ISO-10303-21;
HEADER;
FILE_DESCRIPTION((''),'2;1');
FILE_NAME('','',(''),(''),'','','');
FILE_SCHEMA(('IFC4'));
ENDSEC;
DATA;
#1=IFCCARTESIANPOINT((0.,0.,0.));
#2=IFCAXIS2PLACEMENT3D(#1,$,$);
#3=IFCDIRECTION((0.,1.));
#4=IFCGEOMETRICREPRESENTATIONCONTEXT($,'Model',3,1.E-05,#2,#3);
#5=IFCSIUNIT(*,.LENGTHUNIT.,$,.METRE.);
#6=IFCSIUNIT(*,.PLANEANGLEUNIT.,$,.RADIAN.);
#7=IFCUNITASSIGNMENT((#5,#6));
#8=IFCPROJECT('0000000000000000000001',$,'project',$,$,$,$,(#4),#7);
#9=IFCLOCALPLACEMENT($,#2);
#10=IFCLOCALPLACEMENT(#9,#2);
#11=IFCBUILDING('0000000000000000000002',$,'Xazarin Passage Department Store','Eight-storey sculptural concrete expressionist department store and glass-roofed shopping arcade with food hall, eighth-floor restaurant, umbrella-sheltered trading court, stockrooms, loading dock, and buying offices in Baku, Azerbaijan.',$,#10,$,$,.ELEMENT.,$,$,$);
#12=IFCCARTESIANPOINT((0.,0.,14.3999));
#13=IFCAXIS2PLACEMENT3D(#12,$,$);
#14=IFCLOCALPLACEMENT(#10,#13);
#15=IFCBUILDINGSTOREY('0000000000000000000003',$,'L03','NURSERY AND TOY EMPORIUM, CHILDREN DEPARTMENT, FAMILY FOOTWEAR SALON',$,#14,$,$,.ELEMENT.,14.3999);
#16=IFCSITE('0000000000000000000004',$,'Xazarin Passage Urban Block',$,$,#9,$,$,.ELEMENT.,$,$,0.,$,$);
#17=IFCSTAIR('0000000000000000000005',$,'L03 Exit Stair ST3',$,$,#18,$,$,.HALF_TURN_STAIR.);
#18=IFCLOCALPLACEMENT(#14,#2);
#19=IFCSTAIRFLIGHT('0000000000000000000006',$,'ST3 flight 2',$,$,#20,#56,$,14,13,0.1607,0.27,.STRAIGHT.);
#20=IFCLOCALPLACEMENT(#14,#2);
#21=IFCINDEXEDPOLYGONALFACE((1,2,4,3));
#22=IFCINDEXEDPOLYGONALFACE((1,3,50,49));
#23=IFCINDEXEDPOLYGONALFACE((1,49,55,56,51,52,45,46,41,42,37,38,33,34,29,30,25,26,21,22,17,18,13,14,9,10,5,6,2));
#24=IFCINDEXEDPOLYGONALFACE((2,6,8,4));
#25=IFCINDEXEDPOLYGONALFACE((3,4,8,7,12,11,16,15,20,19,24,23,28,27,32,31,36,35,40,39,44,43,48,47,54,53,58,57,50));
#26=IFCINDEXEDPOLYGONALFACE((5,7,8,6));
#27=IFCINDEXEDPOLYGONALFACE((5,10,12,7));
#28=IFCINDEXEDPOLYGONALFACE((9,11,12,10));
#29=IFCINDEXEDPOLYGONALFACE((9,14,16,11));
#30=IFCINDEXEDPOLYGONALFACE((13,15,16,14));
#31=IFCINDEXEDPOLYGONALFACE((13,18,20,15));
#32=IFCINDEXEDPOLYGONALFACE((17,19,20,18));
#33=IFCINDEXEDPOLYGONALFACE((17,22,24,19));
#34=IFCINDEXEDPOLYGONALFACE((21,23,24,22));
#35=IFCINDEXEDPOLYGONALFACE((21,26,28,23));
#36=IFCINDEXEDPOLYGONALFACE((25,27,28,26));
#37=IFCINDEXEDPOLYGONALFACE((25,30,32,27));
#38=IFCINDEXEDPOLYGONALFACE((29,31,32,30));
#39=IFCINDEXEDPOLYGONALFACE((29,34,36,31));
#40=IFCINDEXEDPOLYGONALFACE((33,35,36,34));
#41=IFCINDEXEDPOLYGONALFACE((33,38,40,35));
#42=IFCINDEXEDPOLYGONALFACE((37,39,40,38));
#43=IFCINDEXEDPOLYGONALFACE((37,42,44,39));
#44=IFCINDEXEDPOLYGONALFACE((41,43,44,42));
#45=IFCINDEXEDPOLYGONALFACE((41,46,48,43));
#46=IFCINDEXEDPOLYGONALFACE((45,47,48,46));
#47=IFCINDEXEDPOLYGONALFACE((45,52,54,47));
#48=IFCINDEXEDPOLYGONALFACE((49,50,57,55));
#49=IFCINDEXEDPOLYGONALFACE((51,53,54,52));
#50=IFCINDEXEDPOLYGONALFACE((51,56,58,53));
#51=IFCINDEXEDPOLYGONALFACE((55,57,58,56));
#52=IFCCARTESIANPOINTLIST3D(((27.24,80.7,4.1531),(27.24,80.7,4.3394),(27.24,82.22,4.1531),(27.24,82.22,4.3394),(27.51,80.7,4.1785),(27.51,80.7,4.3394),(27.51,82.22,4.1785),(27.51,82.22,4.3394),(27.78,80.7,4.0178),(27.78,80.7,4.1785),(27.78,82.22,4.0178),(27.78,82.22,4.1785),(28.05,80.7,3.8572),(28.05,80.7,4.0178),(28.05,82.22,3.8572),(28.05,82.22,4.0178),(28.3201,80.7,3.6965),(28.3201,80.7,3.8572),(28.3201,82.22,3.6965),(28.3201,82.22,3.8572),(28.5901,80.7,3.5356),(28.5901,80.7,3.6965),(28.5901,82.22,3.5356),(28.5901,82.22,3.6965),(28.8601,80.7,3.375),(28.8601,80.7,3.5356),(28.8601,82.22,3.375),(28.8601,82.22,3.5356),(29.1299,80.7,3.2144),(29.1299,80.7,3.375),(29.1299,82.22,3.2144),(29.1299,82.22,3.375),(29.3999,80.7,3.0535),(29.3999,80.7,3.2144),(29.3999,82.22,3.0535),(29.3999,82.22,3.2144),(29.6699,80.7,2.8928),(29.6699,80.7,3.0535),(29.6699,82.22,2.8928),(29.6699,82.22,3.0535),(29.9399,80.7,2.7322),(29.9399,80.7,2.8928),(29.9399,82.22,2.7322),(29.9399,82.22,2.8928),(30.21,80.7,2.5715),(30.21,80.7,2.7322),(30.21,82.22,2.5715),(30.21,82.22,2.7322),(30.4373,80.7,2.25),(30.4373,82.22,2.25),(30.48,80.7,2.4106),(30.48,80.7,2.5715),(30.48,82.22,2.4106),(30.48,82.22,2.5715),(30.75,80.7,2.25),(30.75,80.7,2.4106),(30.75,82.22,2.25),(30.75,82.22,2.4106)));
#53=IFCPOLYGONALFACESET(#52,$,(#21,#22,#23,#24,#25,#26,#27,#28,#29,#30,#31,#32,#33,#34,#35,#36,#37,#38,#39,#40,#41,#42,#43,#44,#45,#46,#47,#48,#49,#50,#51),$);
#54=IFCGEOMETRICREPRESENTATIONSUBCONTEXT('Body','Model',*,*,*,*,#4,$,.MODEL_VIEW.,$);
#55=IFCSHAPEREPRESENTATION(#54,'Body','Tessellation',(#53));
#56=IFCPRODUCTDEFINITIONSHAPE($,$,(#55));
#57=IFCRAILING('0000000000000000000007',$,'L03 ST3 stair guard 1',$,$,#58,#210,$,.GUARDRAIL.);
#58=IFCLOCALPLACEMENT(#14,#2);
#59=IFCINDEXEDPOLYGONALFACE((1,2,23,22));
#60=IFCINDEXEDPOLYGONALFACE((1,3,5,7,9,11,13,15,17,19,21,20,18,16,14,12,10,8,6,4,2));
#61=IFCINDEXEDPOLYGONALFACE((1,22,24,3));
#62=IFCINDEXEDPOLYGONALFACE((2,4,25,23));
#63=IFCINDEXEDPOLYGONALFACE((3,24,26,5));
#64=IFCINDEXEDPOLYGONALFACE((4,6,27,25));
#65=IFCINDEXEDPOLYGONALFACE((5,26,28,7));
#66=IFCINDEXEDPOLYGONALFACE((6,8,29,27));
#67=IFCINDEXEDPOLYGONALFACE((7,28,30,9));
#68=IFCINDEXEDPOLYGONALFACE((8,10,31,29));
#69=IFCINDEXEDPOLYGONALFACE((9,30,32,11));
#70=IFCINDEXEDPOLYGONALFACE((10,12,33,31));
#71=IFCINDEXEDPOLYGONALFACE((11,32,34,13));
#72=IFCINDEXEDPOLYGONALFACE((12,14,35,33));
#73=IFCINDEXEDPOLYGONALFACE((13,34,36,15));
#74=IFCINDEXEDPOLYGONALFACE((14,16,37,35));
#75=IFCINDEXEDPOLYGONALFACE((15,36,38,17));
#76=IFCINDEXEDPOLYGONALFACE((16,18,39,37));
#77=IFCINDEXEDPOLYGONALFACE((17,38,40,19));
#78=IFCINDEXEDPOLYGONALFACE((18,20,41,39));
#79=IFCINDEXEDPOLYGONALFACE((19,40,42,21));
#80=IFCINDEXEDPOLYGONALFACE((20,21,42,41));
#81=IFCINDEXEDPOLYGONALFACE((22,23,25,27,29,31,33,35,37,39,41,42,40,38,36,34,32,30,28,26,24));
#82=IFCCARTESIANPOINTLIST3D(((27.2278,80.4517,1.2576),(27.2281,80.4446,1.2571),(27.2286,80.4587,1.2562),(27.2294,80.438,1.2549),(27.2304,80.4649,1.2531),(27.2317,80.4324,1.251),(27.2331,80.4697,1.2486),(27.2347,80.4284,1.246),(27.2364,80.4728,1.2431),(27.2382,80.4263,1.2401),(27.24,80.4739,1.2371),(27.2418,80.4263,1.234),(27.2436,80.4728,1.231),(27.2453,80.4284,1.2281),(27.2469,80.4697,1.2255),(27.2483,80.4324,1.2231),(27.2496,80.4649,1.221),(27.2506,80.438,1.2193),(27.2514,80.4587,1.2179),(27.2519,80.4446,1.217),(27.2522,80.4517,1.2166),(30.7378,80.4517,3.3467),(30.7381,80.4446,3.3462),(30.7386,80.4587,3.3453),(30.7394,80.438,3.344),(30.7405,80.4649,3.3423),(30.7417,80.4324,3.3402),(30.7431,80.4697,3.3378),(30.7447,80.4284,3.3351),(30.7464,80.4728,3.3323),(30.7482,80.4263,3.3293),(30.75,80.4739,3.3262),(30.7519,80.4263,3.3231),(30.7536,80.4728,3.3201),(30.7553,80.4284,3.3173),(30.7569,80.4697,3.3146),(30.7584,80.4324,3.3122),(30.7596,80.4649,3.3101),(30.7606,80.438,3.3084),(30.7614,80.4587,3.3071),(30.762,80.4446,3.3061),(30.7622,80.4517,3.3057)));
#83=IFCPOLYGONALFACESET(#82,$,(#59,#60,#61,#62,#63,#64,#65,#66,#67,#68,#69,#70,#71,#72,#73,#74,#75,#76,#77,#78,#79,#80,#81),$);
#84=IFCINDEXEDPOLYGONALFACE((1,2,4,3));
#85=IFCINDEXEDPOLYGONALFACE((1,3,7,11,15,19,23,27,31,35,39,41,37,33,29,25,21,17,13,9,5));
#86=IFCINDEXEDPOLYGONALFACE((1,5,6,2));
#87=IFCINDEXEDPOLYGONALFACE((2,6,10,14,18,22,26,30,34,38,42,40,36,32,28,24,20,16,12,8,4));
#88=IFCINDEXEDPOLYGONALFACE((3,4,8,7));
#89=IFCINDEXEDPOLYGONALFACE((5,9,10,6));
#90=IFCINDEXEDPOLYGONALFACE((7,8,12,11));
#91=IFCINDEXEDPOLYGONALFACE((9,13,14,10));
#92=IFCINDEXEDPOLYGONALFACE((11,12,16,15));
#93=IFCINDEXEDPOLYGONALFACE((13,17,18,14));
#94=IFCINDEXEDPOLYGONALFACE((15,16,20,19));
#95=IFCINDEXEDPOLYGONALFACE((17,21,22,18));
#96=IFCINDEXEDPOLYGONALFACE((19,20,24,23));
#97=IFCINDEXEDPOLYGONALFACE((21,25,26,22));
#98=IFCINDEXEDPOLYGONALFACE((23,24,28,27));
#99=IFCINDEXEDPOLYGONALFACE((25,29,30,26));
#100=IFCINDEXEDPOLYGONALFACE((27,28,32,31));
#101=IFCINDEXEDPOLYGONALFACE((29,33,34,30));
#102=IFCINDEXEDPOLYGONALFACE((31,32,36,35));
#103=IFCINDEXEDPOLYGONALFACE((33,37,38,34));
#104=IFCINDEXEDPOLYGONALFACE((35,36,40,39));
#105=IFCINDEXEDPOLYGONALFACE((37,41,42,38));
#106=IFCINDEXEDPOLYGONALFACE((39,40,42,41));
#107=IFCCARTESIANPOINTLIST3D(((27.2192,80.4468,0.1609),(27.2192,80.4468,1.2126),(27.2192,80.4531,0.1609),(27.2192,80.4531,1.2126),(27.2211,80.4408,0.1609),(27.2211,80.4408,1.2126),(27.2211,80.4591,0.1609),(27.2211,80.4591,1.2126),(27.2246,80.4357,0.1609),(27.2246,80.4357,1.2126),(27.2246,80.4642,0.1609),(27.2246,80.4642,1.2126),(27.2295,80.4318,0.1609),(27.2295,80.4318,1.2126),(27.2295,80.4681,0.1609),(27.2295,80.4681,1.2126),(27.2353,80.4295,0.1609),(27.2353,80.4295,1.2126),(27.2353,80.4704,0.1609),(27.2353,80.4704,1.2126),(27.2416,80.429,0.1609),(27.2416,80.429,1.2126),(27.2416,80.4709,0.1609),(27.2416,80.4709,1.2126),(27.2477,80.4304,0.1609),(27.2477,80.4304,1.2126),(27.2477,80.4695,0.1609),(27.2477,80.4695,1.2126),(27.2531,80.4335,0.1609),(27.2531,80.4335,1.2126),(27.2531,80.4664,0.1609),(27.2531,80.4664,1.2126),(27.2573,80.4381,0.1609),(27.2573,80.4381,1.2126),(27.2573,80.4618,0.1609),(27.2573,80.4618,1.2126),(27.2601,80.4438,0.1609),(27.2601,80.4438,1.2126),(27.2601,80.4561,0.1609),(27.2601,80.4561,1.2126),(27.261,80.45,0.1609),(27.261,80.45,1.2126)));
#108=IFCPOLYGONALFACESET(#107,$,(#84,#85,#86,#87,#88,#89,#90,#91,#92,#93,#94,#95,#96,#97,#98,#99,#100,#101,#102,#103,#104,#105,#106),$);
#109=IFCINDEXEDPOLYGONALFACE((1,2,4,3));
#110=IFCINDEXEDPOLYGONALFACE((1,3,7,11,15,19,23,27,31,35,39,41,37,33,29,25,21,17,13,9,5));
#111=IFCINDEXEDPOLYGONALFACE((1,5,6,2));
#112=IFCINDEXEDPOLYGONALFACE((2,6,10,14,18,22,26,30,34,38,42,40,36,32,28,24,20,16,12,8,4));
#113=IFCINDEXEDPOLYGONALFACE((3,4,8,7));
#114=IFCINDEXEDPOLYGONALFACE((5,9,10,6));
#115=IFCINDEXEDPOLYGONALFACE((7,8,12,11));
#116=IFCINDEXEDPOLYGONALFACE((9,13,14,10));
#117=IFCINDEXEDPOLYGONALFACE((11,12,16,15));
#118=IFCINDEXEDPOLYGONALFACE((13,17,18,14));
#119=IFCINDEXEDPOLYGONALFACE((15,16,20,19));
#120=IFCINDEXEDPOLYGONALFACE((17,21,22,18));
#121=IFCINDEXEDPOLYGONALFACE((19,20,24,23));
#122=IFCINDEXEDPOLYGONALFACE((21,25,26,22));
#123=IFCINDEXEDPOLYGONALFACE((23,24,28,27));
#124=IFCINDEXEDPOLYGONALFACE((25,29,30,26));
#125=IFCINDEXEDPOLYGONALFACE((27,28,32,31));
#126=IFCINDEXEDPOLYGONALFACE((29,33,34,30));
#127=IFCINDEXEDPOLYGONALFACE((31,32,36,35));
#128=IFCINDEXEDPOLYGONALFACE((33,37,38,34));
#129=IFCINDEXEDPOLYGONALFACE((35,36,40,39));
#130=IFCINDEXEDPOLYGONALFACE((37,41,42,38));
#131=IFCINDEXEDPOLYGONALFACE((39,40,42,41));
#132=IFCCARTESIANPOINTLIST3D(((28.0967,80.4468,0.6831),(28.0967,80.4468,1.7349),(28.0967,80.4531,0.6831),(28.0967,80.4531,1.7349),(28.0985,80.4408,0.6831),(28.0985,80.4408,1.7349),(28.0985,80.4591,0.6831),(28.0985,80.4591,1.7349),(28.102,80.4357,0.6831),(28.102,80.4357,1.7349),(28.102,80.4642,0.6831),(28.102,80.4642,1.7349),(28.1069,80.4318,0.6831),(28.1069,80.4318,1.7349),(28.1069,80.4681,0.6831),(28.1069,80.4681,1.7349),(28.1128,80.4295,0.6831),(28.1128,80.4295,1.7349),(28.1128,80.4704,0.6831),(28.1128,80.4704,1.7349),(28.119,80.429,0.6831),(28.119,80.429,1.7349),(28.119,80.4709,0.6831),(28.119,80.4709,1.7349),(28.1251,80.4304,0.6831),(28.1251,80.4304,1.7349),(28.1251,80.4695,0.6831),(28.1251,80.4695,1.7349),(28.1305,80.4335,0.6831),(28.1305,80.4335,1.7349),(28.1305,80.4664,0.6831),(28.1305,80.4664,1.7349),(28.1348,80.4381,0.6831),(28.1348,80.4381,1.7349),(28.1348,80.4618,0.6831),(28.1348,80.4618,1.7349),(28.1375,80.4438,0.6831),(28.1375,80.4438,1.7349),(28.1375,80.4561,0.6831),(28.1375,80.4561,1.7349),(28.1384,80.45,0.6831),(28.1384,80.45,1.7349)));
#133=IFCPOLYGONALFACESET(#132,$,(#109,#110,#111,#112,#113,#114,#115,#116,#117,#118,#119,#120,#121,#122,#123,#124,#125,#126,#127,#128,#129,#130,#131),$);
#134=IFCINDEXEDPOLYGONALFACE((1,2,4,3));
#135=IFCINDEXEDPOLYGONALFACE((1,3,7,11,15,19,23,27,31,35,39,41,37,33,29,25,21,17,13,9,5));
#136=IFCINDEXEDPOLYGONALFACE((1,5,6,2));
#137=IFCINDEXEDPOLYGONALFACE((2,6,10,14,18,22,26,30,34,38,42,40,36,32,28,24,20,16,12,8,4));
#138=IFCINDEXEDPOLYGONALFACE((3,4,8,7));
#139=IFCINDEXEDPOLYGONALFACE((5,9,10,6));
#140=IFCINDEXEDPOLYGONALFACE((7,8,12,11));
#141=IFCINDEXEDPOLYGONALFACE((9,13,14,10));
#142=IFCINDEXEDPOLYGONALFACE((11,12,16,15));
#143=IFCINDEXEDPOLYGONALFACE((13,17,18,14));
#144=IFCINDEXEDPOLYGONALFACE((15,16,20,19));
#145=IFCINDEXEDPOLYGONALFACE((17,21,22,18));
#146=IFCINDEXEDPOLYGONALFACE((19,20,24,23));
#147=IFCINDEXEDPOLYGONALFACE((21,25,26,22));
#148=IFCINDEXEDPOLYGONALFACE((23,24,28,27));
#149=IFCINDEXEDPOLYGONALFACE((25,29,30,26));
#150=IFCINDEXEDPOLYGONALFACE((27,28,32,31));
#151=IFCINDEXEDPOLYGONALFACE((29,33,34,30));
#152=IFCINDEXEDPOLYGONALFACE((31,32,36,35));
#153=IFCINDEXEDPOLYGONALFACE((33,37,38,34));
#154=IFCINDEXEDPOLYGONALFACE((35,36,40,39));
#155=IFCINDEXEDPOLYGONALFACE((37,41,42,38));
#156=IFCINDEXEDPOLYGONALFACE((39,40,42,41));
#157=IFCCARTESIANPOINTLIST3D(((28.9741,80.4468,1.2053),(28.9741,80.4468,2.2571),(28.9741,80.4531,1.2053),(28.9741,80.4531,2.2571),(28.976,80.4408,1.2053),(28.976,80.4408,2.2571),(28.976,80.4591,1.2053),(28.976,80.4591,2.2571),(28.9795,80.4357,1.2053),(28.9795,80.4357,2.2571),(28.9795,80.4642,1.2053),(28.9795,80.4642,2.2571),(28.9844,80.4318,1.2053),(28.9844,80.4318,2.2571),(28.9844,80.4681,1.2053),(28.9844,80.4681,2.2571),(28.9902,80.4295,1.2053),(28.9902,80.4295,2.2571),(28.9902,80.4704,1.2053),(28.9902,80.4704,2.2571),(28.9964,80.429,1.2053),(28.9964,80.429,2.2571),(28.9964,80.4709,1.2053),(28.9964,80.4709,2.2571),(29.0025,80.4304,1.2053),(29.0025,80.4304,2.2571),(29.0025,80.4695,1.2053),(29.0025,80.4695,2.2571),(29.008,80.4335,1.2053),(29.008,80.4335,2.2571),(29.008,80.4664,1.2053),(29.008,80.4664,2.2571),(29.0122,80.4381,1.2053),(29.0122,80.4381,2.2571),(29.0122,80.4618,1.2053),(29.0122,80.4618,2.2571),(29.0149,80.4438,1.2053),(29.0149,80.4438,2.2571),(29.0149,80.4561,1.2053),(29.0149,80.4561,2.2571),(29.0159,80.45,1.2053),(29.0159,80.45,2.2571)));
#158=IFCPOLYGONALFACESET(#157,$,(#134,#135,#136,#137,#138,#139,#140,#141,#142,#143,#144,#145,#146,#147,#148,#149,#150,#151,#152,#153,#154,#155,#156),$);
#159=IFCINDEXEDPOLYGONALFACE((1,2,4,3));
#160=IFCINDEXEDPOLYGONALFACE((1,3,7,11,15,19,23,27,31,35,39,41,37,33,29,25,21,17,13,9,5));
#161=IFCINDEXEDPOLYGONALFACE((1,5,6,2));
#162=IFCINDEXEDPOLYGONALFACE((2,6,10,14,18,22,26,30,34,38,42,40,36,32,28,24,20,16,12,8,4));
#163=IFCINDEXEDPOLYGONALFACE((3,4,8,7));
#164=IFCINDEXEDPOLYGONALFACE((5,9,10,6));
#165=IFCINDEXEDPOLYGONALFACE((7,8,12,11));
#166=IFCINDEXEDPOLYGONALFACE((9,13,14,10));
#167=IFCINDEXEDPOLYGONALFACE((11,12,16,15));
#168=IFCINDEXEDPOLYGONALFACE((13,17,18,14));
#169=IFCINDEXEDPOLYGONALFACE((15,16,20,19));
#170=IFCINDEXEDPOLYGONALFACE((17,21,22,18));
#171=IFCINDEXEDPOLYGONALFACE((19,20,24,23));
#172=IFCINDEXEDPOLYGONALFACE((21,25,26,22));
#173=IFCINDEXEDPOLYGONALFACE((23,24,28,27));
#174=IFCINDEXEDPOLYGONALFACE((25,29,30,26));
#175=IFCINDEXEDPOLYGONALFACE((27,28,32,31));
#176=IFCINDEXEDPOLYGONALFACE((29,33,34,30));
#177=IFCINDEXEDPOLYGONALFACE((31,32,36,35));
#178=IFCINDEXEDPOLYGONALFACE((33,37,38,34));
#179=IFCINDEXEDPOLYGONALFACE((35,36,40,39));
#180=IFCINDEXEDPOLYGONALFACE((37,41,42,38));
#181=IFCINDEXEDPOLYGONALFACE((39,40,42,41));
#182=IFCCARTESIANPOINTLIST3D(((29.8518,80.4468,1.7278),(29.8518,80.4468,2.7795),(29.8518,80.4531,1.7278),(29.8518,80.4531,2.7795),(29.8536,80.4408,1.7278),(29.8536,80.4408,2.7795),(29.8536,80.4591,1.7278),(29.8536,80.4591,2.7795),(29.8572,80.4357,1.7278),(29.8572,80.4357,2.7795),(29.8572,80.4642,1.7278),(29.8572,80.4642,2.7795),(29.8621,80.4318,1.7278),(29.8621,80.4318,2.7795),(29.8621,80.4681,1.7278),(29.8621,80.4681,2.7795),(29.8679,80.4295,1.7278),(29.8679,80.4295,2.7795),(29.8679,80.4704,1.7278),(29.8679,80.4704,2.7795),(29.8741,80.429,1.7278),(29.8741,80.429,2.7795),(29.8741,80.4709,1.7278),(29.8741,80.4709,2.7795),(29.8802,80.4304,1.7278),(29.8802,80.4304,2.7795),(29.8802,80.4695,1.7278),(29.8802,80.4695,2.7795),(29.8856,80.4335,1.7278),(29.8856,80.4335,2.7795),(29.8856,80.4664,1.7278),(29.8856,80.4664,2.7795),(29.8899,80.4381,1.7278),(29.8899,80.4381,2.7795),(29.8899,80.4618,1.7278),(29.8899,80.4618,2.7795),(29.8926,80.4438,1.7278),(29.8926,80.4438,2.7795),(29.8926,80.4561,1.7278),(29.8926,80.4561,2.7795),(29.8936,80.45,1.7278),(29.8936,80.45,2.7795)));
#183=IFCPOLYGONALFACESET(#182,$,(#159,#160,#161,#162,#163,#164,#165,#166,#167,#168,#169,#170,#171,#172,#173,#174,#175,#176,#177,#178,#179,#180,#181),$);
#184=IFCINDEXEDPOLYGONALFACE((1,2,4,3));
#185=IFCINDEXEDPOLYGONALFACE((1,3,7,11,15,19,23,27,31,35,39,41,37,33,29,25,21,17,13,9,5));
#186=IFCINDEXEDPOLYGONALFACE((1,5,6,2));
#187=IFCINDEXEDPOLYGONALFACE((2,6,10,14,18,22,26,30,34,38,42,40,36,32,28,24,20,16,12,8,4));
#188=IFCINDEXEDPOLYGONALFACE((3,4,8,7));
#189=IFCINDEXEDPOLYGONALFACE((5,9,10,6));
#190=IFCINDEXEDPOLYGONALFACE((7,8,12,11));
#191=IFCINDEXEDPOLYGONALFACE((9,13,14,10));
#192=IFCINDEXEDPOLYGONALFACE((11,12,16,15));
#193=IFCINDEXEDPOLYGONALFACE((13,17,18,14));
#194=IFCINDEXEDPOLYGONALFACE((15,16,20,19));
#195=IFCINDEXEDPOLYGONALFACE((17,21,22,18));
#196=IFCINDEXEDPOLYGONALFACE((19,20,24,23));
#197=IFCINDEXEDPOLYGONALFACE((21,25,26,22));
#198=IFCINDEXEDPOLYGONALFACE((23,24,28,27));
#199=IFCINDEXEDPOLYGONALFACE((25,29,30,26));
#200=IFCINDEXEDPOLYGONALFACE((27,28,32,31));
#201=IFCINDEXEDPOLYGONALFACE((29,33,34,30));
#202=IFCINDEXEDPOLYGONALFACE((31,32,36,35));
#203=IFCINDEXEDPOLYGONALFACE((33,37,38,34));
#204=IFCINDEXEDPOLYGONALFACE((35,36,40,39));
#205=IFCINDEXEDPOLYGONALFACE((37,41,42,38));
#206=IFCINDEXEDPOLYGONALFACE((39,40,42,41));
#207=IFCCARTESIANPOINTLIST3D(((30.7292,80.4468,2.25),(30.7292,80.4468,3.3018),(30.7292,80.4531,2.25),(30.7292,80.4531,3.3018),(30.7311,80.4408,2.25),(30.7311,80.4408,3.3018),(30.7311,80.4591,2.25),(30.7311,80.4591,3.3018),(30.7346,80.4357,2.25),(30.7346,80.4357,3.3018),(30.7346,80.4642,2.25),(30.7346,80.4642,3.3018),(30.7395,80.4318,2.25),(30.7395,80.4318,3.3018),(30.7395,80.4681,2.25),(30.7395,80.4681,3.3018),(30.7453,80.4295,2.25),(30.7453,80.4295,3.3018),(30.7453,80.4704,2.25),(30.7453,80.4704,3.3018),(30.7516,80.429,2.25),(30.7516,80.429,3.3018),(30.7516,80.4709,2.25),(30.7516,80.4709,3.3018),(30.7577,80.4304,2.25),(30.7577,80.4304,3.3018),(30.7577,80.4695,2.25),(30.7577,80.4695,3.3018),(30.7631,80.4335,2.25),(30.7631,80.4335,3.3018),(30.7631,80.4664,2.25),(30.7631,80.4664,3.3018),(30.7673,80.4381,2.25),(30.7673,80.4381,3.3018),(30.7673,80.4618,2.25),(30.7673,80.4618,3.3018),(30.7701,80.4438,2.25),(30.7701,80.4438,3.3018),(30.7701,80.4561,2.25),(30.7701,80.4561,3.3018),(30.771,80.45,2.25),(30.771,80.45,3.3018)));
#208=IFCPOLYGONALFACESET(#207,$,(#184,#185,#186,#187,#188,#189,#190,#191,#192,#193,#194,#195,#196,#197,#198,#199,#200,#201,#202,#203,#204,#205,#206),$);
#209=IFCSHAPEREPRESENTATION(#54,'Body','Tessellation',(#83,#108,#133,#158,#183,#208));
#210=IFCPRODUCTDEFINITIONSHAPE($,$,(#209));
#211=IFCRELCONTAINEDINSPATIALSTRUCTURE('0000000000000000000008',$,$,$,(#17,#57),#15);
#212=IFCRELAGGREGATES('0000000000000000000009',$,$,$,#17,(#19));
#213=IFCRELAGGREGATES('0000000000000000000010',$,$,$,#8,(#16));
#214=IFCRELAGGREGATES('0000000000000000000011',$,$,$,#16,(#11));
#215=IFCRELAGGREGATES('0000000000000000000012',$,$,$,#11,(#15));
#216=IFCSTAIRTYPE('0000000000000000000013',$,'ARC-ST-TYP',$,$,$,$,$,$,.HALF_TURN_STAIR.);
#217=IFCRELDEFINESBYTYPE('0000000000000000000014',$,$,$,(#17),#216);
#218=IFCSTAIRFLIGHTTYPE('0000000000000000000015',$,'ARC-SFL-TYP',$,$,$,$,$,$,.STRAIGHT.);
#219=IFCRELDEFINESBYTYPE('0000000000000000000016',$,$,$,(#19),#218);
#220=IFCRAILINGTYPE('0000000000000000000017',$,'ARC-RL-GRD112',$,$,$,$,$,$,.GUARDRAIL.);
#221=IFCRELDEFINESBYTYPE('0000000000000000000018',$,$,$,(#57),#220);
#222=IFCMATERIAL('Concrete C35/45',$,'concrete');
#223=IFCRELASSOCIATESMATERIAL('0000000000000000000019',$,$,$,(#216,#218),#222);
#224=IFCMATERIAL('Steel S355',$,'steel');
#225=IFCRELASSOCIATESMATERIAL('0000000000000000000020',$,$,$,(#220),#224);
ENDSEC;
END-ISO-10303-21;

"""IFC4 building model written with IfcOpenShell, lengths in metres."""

from ifc_helpers import new_model, si_unit, direction, frame, origin, origin_2d, place, context, subcontext, project, spatial, polyline, circle, outline, extrude, material, type_object, element, aggregate, save


model = new_model("IFC4")

# Units and contexts
model_context = context("Model", 3, precision=1e-05, world=origin(), true_north=direction((0.0, 1.0)))
body_context = subcontext(model_context, "Body", "Model", "MODEL_VIEW")
ifc_project = project(units=[si_unit("LENGTHUNIT", "METRE"), si_unit("PLANEANGLEUNIT", "RADIAN")], contexts=[model_context])

# Site, building, storey
site_placement = place(None, origin())
site = spatial("IfcSite", under=ifc_project, at=site_placement, Name="Xazarin Passage Urban Block", CompositionType="ELEMENT", RefElevation=0.0)
building_placement = place(site_placement, origin())
building = spatial("IfcBuilding", under=site, at=building_placement, Name="Xazarin Passage Department Store", Description="Eight-storey sculptural concrete expressionist department store and glass-roofed shopping arcade with food hall, eighth-floor restaurant, umbrella-sheltered trading court, stockrooms, loading dock, and buying offices in Baku, Azerbaijan.", CompositionType="ELEMENT")
storey_placement = place(building_placement, frame((0.0, 0.0, 14.3999)))
storey = spatial("IfcBuildingStorey", under=building, at=storey_placement, Name="L03", Description="NURSERY AND TOY EMPORIUM, CHILDREN DEPARTMENT, FAMILY FOOTWEAR SALON", CompositionType="ELEMENT", Elevation=14.3999)

# Shared definitions
ifc_material_1 = material(Name="Concrete C35/45", Category="concrete")

# Stair, stair flight
stair_type = type_object("IfcStairType", Name="ARC-ST-TYP", PredefinedType="HALF_TURN_STAIR", material=ifc_material_1)
stair_placement = place(storey_placement, origin())
stair = element("IfcStair", 1, at=stair_placement, inside=storey, type_object=stair_type, Name="L03 Exit Stair ST3", PredefinedType="HALF_TURN_STAIR")
stair_flight_type = type_object("IfcStairFlightType", Name="ARC-SFL-TYP", PredefinedType="STRAIGHT", material=ifc_material_1)
stair_flight_1_placement = place(storey_placement, frame((30.75, 81.46, 2.25), z_axis=(0.0, 0.0, 1.0), x_axis=(-1.0, 0.0, 0.0)))
stair_flight_1 = element("IfcStairFlight", 2, at=stair_flight_1_placement, type_object=stair_flight_type, Name="ST3 flight 2", NumberOfRisers=14, NumberOfTreads=13, PredefinedType="STRAIGHT", RiserHeight=0.1607, TreadLength=0.27, context=body_context, shape_type="SweptSolid", body=[
    extrude(outline(polyline([(0.0, 0.0), (0.0, 0.1606), (0.27, 0.1606), (0.27, 0.3215), (0.54, 0.3215), (0.54, 0.4822), (0.8101, 0.4822), (0.8101, 0.6428), (1.0801, 0.6428), (1.0801, 0.8035), (1.3501, 0.8035), (1.3501, 0.9644), (1.6201, 0.9644), (1.6201, 1.125), (1.8899, 1.125), (1.8899, 1.2856), (2.1599, 1.2856), (2.1599, 1.4465), (2.4299, 1.4465), (2.4299, 1.6072), (2.7, 1.6072), (2.7, 1.7678), (2.97, 1.7678), (2.97, 1.9285), (3.24, 1.9285), (3.24, 2.0894), (3.51, 2.0894), (3.51, 2.25), (3.51, 1.9031), (0.3127, 0.0), (0.0, 0.0)])), frame((0.0, 0.76, 0.0), z_axis=(0.0, -1.0, 0.0), x_axis=(1.0, 0.0, 0.0)), (0.0, 0.0, 1.0), 1.52),
])
aggregate(stair, [stair_flight_1])

# Railing
ifc_material_2 = material(Name="Steel S355", Category="steel")
railing_type_1 = type_object("IfcRailingType", Name="ARC-RL-GRD112", PredefinedType="GUARDRAIL", material=ifc_material_2)
railing_1_placement = place(storey_placement, frame((27.24, 80.45, 0.1609)))
element("IfcRailing", 3, at=railing_1_placement, inside=storey, type_object=railing_type_1, Name="L03 ST3 stair guard 1", PredefinedType="GUARDRAIL", context=body_context, shape_type="SweptSolid", body=[
    extrude(circle(Radius=0.0239, at=origin_2d()), frame((0.0, 0.0, 1.0762), z_axis=(0.859312, 0.0, 0.511451), x_axis=(0.0, 1.0, 0.0)), (0.0, 0.0, 1.0), 4.0847),
    extrude(circle(Radius=0.021, at=origin_2d()), origin(), (0.0, 0.0, 1.0), 1.0518),
    extrude(circle(Radius=0.021, at=origin_2d()), frame((0.8774, 0.0, 0.5222)), (0.0, 0.0, 1.0), 1.0518),
    extrude(circle(Radius=0.021, at=origin_2d()), frame((1.7549, 0.0, 1.0444)), (0.0, 0.0, 1.0), 1.0518),
    extrude(circle(Radius=0.021, at=origin_2d()), frame((2.6326, 0.0, 1.5669)), (0.0, 0.0, 1.0), 1.0518),
    extrude(circle(Radius=0.021, at=origin_2d()), frame((3.51, 0.0, 2.0891)), (0.0, 0.0, 1.0), 1.0518),
])

save(model, "model.ifc")
